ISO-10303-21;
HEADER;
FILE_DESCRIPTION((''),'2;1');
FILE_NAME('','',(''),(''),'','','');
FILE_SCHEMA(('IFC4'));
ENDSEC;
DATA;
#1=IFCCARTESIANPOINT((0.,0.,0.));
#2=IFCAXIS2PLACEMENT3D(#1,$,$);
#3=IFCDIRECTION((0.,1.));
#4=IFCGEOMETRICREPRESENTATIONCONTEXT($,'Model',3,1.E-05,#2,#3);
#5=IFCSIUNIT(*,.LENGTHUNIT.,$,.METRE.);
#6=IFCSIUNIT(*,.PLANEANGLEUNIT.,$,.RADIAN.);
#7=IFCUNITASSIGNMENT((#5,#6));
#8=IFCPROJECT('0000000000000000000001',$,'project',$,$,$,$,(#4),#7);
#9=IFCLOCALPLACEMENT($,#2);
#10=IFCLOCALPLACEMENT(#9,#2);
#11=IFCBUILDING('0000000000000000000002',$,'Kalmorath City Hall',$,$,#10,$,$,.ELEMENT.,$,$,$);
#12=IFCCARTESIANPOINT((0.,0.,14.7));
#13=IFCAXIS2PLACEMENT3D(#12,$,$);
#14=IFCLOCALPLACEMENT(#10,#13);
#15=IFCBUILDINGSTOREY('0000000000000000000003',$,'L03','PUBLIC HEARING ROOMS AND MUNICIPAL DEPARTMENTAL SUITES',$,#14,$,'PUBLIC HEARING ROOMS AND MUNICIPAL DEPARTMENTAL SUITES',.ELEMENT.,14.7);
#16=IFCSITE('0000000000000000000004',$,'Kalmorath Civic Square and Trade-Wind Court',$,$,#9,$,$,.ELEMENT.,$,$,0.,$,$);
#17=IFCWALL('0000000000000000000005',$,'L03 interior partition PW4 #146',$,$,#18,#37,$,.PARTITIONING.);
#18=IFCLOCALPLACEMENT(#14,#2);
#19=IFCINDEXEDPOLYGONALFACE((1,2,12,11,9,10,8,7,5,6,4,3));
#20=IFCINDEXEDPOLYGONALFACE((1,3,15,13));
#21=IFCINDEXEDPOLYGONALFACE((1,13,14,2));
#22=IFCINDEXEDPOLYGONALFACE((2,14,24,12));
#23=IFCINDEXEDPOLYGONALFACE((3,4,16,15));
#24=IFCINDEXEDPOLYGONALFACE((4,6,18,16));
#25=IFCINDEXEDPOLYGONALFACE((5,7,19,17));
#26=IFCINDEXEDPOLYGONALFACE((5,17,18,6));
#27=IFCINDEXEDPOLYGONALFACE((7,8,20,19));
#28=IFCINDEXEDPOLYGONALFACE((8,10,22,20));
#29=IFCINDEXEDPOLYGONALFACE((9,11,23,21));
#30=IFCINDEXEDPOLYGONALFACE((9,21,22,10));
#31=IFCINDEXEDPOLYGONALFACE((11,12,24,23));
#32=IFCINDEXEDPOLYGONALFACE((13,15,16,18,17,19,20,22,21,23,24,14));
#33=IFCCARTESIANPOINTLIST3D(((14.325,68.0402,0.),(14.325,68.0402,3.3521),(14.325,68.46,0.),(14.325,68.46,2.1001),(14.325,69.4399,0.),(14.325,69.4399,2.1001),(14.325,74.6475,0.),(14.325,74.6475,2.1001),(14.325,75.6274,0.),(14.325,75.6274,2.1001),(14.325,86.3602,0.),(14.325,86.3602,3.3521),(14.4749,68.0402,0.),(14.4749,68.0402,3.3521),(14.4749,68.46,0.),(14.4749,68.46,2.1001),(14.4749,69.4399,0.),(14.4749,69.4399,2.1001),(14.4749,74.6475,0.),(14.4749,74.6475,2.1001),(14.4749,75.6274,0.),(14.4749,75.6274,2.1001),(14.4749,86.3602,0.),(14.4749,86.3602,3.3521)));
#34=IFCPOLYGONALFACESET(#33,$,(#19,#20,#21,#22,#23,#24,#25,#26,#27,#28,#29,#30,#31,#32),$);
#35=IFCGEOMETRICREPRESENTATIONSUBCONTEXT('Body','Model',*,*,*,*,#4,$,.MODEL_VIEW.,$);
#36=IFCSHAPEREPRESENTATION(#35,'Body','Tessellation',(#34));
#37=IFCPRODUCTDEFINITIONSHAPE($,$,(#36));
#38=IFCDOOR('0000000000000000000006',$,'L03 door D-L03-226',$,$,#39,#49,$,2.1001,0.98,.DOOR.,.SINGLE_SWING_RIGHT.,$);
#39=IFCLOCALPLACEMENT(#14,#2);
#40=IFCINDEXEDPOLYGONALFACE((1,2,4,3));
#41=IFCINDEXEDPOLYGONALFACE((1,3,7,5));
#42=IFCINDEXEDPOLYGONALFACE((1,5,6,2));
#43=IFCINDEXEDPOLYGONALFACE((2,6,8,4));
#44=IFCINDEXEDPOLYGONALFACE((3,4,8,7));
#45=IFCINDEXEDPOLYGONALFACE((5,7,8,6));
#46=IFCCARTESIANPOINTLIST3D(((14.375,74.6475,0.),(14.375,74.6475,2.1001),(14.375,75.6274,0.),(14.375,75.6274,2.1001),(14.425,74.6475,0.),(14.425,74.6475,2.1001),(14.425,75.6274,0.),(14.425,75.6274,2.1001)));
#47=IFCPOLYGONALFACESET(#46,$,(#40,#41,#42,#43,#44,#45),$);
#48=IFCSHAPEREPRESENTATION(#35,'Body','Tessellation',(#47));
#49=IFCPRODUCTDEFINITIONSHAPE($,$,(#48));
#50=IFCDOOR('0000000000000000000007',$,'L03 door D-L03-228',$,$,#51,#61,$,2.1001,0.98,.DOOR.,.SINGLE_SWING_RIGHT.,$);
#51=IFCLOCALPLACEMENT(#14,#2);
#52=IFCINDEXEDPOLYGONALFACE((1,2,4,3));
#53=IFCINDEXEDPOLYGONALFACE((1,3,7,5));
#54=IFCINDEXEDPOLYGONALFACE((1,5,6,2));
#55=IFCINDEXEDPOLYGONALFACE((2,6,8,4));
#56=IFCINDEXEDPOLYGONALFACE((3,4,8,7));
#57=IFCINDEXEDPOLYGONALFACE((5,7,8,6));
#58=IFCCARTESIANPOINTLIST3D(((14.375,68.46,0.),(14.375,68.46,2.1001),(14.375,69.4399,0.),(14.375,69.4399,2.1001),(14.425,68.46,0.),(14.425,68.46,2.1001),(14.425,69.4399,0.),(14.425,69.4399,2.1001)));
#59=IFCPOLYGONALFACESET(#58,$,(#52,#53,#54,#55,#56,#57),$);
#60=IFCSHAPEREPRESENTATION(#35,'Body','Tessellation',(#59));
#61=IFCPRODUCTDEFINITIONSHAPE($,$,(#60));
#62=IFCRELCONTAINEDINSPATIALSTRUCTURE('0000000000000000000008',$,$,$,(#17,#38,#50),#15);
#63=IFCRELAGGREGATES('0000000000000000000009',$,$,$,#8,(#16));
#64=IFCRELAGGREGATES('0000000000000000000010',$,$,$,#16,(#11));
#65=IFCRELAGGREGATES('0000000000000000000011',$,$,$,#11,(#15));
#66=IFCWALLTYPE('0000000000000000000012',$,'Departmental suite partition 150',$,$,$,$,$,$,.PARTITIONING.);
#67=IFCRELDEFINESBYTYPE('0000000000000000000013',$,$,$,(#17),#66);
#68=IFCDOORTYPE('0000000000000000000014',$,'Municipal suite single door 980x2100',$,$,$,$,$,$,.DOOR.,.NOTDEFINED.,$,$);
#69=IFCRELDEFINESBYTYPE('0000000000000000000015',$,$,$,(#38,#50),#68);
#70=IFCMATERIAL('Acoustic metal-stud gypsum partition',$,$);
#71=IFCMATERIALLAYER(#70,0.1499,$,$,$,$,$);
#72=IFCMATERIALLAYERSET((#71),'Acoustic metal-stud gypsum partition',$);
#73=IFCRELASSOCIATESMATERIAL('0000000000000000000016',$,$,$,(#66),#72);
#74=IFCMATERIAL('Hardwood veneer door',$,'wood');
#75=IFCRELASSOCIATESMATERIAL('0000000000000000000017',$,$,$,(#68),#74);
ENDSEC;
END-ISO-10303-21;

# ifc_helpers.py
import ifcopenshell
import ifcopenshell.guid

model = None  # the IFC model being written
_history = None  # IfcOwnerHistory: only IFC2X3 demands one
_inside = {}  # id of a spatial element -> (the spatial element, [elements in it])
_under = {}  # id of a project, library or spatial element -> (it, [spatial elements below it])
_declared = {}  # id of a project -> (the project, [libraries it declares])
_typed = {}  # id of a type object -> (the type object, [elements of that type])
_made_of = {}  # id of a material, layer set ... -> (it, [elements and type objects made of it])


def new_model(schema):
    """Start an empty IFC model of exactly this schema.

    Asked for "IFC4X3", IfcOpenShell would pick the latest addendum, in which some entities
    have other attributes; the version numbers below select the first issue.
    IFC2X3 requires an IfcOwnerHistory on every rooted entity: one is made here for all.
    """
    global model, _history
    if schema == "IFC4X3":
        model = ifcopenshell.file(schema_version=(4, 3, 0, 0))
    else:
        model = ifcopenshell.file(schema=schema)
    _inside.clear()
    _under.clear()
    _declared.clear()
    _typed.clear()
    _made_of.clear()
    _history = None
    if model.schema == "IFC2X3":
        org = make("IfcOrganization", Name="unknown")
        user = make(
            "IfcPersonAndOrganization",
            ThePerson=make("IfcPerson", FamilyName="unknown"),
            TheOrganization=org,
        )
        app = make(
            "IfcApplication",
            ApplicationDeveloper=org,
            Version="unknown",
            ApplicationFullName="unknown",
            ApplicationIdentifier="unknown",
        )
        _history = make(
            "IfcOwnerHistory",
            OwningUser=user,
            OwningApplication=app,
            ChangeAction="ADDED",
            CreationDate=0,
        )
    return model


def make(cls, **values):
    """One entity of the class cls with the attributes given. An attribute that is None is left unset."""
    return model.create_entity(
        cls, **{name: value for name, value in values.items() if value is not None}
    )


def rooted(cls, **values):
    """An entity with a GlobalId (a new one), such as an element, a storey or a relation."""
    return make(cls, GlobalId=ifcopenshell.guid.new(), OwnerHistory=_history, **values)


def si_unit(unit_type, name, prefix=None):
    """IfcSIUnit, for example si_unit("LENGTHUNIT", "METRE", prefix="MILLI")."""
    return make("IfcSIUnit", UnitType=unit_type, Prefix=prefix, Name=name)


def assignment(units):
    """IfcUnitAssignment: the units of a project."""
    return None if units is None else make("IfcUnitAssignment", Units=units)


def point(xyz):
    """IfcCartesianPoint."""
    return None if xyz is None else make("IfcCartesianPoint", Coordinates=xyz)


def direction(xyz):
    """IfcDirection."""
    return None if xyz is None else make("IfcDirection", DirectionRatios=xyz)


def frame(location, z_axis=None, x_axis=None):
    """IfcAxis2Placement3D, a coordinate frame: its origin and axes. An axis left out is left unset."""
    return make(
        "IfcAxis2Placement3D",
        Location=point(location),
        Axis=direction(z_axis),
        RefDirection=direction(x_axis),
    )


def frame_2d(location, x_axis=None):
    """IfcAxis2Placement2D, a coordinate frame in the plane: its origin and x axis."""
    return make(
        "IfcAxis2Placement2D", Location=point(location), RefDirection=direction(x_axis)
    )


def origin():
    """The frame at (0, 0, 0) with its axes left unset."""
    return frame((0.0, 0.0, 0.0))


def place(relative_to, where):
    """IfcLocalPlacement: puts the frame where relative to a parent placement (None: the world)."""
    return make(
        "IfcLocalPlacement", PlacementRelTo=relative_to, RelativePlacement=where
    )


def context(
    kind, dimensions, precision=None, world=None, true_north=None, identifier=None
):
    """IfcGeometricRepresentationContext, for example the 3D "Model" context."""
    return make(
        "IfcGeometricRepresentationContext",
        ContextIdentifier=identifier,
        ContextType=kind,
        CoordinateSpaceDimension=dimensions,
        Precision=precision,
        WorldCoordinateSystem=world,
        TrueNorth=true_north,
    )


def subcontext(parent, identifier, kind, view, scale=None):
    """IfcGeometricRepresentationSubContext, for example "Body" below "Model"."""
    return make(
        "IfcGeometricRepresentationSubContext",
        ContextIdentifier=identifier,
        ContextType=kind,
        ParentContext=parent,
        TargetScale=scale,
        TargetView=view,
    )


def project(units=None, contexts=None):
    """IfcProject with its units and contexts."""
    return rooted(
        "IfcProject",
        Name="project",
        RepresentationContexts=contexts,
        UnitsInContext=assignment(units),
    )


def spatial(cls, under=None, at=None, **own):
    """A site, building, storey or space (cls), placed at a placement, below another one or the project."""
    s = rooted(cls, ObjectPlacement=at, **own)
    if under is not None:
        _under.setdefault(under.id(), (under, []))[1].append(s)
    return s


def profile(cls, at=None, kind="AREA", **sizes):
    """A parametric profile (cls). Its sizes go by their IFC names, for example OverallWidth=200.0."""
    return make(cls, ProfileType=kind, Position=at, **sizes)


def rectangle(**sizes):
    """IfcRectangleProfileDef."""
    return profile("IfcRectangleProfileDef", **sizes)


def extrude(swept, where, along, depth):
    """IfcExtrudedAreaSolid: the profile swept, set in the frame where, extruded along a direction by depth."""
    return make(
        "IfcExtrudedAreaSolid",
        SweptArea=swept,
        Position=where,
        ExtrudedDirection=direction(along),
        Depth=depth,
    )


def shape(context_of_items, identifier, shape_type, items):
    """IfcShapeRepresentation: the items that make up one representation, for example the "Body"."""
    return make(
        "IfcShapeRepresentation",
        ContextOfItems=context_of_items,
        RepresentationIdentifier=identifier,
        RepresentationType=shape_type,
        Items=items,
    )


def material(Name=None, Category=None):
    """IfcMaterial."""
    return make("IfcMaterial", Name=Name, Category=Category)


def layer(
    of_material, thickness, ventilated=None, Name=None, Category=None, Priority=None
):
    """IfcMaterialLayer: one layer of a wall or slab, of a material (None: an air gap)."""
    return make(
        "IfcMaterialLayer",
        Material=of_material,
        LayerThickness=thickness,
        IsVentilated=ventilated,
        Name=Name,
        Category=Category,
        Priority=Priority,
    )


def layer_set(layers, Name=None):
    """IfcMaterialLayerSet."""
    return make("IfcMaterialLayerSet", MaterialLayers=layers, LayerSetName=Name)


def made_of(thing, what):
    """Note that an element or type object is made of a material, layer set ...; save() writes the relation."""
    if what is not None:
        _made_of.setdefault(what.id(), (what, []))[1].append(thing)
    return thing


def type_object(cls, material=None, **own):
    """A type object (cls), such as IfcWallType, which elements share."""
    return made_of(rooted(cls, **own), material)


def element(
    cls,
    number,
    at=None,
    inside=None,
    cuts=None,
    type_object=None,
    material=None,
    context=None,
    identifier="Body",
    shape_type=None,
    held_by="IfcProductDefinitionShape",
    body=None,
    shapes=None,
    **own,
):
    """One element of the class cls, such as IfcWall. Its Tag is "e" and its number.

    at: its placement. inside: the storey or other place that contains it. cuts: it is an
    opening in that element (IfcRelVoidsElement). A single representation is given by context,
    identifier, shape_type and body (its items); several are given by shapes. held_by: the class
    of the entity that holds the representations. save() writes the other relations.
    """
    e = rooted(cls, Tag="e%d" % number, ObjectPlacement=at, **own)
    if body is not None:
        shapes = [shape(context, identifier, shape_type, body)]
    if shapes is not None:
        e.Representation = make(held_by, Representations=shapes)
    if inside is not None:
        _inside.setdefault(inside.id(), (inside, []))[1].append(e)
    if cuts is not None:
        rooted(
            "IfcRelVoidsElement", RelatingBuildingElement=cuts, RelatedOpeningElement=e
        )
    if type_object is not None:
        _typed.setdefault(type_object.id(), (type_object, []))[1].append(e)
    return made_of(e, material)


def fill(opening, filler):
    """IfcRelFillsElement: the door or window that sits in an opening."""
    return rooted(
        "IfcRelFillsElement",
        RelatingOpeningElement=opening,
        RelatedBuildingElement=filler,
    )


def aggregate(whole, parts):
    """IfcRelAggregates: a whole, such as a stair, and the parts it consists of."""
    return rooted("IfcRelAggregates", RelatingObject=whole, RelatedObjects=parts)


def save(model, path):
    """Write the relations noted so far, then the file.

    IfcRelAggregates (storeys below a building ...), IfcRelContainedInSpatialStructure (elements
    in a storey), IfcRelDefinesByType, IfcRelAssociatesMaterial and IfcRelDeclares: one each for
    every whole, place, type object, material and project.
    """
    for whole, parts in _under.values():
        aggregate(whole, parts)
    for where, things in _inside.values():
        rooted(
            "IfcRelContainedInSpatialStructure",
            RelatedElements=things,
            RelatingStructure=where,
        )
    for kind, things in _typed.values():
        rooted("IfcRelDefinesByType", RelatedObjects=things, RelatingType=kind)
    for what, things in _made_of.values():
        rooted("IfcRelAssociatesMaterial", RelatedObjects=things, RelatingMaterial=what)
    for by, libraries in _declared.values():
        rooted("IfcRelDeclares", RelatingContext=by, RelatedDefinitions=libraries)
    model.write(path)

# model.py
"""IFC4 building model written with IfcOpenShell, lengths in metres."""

from ifc_helpers import new_model, si_unit, direction, frame, frame_2d, origin, place, context, subcontext, project, spatial, rectangle, extrude, material, layer, layer_set, type_object, element, fill, save


model = new_model("IFC4")

# Units and contexts
model_context = context("Model", 3, precision=1e-05, world=origin(), true_north=direction((0.0, 1.0)))
body_context = subcontext(model_context, "Body", "Model", "MODEL_VIEW")
ifc_project = project(units=[si_unit("LENGTHUNIT", "METRE"), si_unit("PLANEANGLEUNIT", "RADIAN")], contexts=[model_context])

# Site, building, storey
site_placement = place(None, origin())
site = spatial("IfcSite", under=ifc_project, at=site_placement, Name="Kalmorath Civic Square and Trade-Wind Court", CompositionType="ELEMENT", RefElevation=0.0)
building_placement = place(site_placement, origin())
building = spatial("IfcBuilding", under=site, at=building_placement, Name="Kalmorath City Hall", CompositionType="ELEMENT")
storey_placement = place(building_placement, frame((0.0, 0.0, 14.7)))
storey = spatial("IfcBuildingStorey", under=building, at=storey_placement, Name="L03", Description="PUBLIC HEARING ROOMS AND MUNICIPAL DEPARTMENTAL SUITES", LongName="PUBLIC HEARING ROOMS AND MUNICIPAL DEPARTMENTAL SUITES", CompositionType="ELEMENT", Elevation=14.7)

# Shared definitions
ifc_material_1 = material(Name="Acoustic metal-stud gypsum partition")
ifc_layer_1 = layer(ifc_material_1, 0.1499)
ifc_layer_set_1 = layer_set([ifc_layer_1], Name="Acoustic metal-stud gypsum partition")
wall_type_1 = type_object("IfcWallType", Name="Departmental suite partition 150", PredefinedType="PARTITIONING", material=ifc_layer_set_1)

# Shared definitions
ifc_material_2 = material(Name="Hardwood veneer door", Category="wood")
door_type_1 = type_object("IfcDoorType", Name="Municipal suite single door 980x2100", OperationType="NOTDEFINED", PredefinedType="DOOR", material=ifc_material_2)

# Wall, openings, doors
wall_1_placement = place(storey_placement, frame((14.3999, 68.04, 0.0), z_axis=(0.0, 0.0, 1.0), x_axis=(0.0, 1.0, 0.0)))
wall_1 = element("IfcWall", 1, at=wall_1_placement, inside=storey, type_object=wall_type_1, Name="L03 interior partition PW4 #146", PredefinedType="PARTITIONING", context=body_context, shape_type="SweptSolid", body=[
    extrude(rectangle(XDim=18.3201, YDim=0.1499, at=frame_2d((9.1602, 0.0))), origin(), (0.0, 0.0, 1.0), 3.3521),
])
opening_1_placement = place(wall_1_placement, frame((6.6074, 0.0, 0.0)))
opening_1 = element("IfcOpeningElement", 2, at=opening_1_placement, cuts=wall_1, PredefinedType="OPENING", context=body_context, shape_type="SweptSolid", body=[
    extrude(rectangle(XDim=0.98, YDim=2.1001, at=frame_2d((0.49, 1.05))), frame((0.0, 0.085, 0.0), z_axis=(0.0, -1.0, 0.0), x_axis=(1.0, 0.0, 0.0)), (0.0, 0.0, 1.0), 0.1699),
])
opening_2_placement = place(wall_1_placement, frame((0.4199, 0.0, 0.0)))
opening_2 = element("IfcOpeningElement", 3, at=opening_2_placement, cuts=wall_1, PredefinedType="OPENING", context=body_context, shape_type="SweptSolid", body=[
    extrude(rectangle(XDim=0.98, YDim=2.1001, at=frame_2d((0.49, 1.05))), frame((0.0, 0.085, 0.0), z_axis=(0.0, -1.0, 0.0), x_axis=(1.0, 0.0, 0.0)), (0.0, 0.0, 1.0), 0.1699),
])
door_1_placement = place(opening_1_placement, origin())
door_1 = element("IfcDoor", 4, at=door_1_placement, inside=storey, type_object=door_type_1, Name="L03 door D-L03-226", OperationType="SINGLE_SWING_RIGHT", OverallHeight=2.1001, OverallWidth=0.98, PredefinedType="DOOR", context=body_context, shape_type="SweptSolid", body=[
    extrude(rectangle(XDim=0.98, YDim=2.1001, at=frame_2d((0.49, 1.05))), frame((0.0, 0.0249, 0.0), z_axis=(0.0, -1.0, 0.0), x_axis=(1.0, 0.0, 0.0)), (0.0, 0.0, 1.0), 0.05),
])
fill(opening_1, door_1)
door_2_placement = place(opening_2_placement, origin())
door_2 = element("IfcDoor", 5, at=door_2_placement, inside=storey, type_object=door_type_1, Name="L03 door D-L03-228", OperationType="SINGLE_SWING_RIGHT", OverallHeight=2.1001, OverallWidth=0.98, PredefinedType="DOOR", context=body_context, shape_type="SweptSolid", body=[
    extrude(rectangle(XDim=0.98, YDim=2.1001, at=frame_2d((0.49, 1.05))), frame((0.0, 0.0249, 0.0), z_axis=(0.0, -1.0, 0.0), x_axis=(1.0, 0.0, 0.0)), (0.0, 0.0, 1.0), 0.05),
])
fill(opening_2, door_2)

save(model, "model.ifc")
